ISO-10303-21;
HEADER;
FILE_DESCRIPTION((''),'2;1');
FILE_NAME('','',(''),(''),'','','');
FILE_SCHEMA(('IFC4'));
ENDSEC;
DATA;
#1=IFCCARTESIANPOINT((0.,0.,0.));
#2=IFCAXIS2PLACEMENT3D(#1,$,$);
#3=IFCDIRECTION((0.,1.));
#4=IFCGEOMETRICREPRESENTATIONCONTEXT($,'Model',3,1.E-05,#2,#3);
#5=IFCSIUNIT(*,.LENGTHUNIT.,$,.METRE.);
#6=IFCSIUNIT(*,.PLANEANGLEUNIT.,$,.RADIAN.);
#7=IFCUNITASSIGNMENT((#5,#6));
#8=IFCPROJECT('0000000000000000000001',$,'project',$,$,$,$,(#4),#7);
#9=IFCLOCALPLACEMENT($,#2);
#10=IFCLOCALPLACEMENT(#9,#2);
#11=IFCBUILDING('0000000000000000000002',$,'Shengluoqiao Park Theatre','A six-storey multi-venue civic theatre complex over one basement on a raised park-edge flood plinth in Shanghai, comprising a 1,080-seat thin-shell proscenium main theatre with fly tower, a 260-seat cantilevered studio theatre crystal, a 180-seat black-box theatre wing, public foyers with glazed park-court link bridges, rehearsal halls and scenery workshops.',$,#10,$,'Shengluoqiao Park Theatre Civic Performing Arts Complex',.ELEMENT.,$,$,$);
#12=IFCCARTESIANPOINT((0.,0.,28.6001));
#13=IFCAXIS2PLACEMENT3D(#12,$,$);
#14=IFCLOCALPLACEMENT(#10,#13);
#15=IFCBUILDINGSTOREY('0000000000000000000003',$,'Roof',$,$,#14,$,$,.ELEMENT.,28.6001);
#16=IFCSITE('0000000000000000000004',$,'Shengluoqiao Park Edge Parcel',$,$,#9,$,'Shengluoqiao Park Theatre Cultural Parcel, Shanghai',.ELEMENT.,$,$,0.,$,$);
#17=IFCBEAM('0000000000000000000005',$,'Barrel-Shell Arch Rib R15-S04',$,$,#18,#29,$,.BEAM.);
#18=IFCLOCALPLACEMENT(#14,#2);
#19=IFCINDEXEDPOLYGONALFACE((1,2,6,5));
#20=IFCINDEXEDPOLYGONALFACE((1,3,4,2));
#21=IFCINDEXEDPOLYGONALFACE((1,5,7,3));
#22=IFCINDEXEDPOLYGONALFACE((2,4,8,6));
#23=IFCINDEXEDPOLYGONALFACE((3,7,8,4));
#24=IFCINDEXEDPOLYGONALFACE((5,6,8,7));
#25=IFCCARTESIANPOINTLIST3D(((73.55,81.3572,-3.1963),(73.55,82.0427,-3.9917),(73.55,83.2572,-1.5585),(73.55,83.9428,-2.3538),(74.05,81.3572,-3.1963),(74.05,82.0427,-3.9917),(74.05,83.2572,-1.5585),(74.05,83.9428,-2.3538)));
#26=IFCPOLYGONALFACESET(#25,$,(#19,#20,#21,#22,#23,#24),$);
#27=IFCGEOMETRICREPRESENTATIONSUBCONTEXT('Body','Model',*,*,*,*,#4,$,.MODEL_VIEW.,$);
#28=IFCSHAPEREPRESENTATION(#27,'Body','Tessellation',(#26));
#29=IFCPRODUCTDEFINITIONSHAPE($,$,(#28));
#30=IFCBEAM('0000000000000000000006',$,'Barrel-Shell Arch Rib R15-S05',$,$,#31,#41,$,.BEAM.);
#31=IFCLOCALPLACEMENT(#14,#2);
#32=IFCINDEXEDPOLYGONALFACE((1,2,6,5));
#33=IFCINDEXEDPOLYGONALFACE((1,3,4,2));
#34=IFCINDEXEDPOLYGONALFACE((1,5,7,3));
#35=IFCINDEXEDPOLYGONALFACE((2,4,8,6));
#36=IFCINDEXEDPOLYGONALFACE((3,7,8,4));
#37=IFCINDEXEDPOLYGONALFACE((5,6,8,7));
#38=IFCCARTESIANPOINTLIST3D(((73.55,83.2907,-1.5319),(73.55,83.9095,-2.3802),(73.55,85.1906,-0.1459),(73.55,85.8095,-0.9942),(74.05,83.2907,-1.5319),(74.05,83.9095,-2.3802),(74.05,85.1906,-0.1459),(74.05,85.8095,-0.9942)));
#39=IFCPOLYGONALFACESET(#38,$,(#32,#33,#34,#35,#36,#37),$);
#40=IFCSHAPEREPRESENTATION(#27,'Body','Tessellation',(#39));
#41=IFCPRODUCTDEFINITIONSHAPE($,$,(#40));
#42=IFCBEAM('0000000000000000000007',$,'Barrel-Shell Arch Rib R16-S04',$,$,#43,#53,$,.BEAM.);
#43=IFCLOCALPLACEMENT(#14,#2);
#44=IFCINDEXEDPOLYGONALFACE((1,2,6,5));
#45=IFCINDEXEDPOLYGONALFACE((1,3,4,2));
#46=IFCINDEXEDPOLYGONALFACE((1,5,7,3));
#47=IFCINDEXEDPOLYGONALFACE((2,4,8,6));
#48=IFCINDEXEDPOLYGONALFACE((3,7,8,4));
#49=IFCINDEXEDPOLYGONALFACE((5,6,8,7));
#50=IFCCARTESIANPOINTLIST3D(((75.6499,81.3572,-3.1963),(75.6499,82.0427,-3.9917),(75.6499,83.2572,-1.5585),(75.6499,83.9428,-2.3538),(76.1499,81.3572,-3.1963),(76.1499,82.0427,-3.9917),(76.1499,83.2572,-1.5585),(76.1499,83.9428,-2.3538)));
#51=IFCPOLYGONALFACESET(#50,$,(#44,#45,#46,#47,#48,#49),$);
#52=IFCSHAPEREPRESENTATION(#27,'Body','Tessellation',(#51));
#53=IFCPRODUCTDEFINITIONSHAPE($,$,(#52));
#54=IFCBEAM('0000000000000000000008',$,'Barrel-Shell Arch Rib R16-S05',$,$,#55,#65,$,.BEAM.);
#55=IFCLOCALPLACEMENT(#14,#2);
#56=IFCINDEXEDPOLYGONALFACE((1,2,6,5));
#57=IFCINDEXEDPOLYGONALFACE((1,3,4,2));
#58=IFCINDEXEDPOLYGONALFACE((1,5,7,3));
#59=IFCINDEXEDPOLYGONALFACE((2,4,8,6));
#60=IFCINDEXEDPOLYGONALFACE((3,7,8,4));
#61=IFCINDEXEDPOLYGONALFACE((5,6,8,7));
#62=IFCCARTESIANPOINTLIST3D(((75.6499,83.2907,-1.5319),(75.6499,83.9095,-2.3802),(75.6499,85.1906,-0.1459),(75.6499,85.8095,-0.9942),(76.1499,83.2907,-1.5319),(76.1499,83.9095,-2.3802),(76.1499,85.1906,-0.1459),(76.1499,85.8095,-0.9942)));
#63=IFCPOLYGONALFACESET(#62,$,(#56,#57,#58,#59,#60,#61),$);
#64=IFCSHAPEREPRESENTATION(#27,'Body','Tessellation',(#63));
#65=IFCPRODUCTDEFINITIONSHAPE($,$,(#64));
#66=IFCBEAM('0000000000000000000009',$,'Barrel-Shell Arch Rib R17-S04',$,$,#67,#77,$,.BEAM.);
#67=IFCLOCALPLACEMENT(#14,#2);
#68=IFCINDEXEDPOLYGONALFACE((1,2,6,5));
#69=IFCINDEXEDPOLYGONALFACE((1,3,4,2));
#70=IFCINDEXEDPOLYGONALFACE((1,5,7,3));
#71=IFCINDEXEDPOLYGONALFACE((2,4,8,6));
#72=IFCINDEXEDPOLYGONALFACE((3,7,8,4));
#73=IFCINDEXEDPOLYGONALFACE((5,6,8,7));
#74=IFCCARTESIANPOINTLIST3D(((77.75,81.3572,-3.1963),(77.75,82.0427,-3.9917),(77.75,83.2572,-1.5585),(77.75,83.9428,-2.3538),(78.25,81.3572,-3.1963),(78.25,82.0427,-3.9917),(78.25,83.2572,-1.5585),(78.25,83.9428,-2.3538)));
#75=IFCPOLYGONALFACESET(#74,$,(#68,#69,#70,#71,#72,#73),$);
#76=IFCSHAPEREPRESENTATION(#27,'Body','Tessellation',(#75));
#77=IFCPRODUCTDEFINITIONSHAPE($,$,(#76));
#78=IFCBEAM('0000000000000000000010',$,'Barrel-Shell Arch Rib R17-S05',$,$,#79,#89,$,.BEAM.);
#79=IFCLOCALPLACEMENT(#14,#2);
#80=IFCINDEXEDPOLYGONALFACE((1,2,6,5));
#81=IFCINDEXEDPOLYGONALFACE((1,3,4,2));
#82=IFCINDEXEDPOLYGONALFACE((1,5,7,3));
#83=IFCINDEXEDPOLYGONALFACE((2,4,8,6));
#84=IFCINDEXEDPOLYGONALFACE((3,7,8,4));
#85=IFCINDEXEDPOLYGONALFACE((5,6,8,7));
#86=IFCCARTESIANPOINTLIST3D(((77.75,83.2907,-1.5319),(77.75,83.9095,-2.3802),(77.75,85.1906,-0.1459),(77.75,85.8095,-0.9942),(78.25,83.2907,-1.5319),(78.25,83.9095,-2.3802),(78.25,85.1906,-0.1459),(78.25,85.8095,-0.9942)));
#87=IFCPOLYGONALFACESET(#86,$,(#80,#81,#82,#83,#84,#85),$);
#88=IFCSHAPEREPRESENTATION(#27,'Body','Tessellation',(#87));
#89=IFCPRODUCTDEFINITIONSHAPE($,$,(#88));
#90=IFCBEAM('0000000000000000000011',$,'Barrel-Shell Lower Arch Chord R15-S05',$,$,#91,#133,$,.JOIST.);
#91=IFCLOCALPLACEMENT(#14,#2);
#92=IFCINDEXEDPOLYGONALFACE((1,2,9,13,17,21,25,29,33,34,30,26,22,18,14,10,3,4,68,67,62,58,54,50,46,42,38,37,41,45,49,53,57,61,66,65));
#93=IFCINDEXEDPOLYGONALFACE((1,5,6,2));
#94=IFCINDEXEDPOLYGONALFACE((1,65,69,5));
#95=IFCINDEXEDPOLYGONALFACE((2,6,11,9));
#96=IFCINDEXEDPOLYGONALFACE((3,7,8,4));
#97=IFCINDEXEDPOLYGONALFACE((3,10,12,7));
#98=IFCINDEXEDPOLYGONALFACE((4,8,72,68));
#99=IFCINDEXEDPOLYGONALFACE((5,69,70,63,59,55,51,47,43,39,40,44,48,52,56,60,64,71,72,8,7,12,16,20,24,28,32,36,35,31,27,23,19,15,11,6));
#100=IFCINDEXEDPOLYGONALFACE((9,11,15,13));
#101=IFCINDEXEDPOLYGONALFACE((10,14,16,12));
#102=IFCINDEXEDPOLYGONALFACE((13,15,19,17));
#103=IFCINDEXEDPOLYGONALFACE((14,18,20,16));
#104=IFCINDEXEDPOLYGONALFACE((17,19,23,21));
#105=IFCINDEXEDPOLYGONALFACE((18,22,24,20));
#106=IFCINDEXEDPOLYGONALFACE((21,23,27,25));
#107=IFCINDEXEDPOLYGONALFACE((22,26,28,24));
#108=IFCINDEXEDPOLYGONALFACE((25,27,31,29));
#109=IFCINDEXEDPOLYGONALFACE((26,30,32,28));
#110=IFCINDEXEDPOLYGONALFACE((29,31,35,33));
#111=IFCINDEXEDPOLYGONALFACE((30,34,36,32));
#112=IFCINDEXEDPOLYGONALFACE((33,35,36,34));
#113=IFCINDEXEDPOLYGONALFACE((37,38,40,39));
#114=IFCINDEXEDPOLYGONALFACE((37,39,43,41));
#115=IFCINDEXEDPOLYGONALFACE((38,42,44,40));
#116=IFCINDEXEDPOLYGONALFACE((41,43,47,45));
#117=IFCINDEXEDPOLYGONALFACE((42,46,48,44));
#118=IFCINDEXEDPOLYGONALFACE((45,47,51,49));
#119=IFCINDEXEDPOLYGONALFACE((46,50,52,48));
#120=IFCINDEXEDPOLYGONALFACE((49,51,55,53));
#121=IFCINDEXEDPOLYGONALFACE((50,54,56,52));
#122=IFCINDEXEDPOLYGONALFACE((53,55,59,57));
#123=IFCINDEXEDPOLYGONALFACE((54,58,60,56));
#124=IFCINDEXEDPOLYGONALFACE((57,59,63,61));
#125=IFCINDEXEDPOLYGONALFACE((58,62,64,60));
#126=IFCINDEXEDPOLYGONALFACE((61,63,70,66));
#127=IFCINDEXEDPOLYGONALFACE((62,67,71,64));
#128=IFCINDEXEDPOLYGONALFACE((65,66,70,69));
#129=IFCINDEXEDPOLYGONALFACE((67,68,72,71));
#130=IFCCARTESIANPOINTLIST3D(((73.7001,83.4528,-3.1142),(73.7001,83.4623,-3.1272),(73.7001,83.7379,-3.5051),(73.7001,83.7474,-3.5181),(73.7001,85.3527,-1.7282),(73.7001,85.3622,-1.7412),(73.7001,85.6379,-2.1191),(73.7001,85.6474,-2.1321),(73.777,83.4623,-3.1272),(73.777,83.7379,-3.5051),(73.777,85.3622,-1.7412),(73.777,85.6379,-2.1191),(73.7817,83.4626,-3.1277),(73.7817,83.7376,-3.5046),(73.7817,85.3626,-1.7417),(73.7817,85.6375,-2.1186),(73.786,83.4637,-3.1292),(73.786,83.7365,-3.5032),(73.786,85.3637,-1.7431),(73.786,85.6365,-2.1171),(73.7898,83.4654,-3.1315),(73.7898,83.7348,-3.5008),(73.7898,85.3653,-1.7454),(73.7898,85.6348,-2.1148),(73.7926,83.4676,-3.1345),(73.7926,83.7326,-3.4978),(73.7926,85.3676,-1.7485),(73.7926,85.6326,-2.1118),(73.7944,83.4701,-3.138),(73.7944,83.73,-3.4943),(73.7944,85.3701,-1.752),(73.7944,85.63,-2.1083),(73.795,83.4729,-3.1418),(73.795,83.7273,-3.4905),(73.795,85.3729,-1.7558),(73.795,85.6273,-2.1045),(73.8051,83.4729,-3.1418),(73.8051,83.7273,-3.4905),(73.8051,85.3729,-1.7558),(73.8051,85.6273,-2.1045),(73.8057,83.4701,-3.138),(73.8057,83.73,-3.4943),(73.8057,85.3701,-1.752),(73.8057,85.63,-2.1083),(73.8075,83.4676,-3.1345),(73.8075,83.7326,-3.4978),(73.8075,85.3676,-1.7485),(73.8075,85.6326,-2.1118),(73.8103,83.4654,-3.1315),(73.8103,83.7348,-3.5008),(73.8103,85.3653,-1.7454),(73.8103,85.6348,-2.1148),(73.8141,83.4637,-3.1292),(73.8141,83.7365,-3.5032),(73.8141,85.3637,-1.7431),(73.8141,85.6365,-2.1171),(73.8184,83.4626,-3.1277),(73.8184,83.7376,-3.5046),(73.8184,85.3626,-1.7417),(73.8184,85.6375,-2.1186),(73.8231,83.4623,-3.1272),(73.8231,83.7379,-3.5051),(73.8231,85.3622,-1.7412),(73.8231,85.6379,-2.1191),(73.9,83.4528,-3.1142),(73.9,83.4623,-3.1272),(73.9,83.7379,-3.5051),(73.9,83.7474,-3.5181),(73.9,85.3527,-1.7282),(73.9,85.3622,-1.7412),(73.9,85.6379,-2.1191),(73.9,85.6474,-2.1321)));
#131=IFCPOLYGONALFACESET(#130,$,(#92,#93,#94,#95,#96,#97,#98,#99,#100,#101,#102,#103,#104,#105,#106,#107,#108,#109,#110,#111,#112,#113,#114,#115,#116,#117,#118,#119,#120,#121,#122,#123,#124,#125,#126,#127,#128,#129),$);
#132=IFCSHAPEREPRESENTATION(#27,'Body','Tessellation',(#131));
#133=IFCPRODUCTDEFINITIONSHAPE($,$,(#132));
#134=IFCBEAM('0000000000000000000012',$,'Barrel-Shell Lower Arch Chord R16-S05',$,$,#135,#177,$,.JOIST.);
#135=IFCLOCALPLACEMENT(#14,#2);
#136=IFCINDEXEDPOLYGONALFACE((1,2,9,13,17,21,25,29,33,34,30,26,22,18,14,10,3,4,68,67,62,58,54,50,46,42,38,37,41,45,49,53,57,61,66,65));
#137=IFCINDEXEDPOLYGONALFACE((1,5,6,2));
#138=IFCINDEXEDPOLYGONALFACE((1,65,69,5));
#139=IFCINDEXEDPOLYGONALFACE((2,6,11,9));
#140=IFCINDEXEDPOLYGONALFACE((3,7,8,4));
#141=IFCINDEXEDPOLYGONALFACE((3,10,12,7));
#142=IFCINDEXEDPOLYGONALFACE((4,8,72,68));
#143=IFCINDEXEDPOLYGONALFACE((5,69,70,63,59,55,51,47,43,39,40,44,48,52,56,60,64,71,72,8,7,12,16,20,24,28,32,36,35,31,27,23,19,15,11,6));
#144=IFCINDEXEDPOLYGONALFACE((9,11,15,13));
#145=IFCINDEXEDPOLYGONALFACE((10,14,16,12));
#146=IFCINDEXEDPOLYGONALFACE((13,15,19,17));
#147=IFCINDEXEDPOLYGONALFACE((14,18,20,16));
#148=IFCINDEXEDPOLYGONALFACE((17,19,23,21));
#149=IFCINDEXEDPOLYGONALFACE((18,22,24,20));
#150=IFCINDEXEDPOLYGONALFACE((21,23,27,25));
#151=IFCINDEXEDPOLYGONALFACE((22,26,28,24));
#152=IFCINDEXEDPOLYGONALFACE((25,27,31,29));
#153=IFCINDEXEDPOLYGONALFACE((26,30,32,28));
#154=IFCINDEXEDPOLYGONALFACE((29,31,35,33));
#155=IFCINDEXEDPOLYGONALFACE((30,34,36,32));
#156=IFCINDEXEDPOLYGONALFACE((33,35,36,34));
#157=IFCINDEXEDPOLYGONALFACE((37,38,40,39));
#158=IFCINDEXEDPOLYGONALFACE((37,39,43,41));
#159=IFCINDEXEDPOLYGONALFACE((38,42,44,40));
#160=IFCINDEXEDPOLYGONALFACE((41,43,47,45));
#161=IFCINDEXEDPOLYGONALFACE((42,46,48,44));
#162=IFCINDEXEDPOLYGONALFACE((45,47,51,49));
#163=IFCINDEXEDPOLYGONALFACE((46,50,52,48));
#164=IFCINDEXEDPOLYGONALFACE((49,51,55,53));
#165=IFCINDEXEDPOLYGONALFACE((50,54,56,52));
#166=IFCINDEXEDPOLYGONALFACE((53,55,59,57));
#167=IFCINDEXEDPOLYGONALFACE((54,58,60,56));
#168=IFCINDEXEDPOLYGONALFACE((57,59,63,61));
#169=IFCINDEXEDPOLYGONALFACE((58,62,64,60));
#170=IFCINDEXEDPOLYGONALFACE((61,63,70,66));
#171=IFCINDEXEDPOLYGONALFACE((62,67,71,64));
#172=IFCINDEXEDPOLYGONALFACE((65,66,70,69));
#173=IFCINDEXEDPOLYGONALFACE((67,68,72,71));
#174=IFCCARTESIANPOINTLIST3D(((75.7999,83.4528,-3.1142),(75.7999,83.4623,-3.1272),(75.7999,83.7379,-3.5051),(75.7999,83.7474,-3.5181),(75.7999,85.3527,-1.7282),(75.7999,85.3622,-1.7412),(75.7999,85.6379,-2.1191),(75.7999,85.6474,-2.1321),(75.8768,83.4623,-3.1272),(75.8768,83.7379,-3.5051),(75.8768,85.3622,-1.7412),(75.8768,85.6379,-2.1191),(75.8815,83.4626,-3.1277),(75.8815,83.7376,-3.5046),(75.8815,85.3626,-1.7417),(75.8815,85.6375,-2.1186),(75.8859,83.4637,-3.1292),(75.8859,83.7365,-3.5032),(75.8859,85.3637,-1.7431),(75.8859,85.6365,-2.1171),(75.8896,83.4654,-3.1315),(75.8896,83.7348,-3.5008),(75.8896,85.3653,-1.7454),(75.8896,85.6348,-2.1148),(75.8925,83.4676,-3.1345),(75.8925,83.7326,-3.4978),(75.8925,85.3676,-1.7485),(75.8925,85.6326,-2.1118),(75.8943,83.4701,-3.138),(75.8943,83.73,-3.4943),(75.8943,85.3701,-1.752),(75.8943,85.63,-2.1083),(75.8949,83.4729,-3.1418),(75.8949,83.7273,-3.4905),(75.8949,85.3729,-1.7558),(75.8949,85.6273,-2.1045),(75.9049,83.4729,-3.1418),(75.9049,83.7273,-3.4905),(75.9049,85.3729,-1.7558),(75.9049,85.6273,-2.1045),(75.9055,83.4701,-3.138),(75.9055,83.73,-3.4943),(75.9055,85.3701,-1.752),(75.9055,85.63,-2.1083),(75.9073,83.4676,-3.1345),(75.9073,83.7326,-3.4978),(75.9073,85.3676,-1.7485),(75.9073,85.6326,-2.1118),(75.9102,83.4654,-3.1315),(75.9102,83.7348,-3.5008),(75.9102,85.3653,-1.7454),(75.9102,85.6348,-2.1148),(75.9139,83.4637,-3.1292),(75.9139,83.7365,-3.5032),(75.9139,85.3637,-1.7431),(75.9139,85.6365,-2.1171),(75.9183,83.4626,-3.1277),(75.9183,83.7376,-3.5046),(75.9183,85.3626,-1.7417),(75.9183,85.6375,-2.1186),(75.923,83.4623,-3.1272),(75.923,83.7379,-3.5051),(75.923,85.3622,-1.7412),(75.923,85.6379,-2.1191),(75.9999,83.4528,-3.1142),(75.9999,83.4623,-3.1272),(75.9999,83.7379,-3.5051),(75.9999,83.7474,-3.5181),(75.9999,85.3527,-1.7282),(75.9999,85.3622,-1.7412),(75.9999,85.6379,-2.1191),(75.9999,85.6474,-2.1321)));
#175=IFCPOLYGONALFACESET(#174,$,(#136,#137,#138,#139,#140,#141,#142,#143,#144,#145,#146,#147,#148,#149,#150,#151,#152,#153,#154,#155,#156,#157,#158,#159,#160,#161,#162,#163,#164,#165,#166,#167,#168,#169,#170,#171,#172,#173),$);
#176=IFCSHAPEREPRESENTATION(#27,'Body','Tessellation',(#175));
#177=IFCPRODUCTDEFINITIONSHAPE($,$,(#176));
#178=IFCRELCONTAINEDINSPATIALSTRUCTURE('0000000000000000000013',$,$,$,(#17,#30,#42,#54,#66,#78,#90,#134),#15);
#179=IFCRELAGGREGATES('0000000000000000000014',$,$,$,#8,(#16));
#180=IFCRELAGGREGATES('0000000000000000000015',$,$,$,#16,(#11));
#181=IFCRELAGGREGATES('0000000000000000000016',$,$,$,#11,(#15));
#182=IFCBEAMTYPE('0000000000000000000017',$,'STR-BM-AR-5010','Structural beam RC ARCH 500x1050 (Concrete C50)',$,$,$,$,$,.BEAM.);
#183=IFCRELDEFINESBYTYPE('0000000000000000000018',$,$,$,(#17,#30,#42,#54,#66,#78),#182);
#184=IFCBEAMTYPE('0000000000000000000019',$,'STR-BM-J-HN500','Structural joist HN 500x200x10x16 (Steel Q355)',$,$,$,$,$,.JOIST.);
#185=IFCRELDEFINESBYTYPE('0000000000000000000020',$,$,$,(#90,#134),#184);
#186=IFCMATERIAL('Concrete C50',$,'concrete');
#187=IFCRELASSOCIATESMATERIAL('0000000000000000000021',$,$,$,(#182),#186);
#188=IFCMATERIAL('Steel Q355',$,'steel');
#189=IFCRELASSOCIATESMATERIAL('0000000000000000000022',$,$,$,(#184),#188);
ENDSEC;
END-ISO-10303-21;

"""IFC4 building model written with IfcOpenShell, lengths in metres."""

from ifc_helpers import new_model, si_unit, direction, frame, origin, origin_2d, place, context, subcontext, project, spatial, rectangle, i_section, extrude, material, material_profile, profile_set, type_object, element, save


model = new_model("IFC4")

# Units and contexts
model_context = context("Model", 3, precision=1e-05, world=origin(), true_north=direction((0.0, 1.0)))
body_context = subcontext(model_context, "Body", "Model", "MODEL_VIEW")
ifc_project = project(units=[si_unit("LENGTHUNIT", "METRE"), si_unit("PLANEANGLEUNIT", "RADIAN")], contexts=[model_context])

# Site, building, storey
site_placement = place(None, origin())
site = spatial("IfcSite", under=ifc_project, at=site_placement, Name="Shengluoqiao Park Edge Parcel", LongName="Shengluoqiao Park Theatre Cultural Parcel, Shanghai", CompositionType="ELEMENT", RefElevation=0.0)
building_placement = place(site_placement, origin())
building = spatial("IfcBuilding", under=site, at=building_placement, Name="Shengluoqiao Park Theatre", Description="A six-storey multi-venue civic theatre complex over one basement on a raised park-edge flood plinth in Shanghai, comprising a 1,080-seat thin-shell proscenium main theatre with fly tower, a 260-seat cantilevered studio theatre crystal, a 180-seat black-box theatre wing, public foyers with glazed park-court link bridges, rehearsal halls and scenery workshops.", LongName="Shengluoqiao Park Theatre Civic Performing Arts Complex", CompositionType="ELEMENT")
storey_placement = place(building_placement, frame((0.0, 0.0, 28.6001)))
storey = spatial("IfcBuildingStorey", under=building, at=storey_placement, Name="Roof", CompositionType="ELEMENT", Elevation=28.6001)

# Beams
ifc_material_1 = material(Name="Concrete C50", Category="concrete")
ifc_material_profile_1 = material_profile(ifc_material_1, rectangle(XDim=0.5, YDim=1.05, at=origin_2d()), Name="RC ARCH 500x1050")
ifc_profile_set_1 = profile_set([ifc_material_profile_1], Name="Concrete C50")
beam_type_1 = type_object("IfcBeamType", Name="STR-BM-AR-5010", Description="Structural beam RC ARCH 500x1050 (Concrete C50)", PredefinedType="BEAM", material=ifc_profile_set_1)
beam_1_placement = place(storey_placement, frame((73.8, 81.7, -3.594), z_axis=(0.0, 0.757433, 0.652913), x_axis=(-1.0, 0.0, 0.0)))
element("IfcBeam", 1, at=beam_1_placement, inside=storey, type_object=beam_type_1, Name="Barrel-Shell Arch Rib R15-S04", PredefinedType="BEAM", context=body_context, shape_type="SweptSolid", body=[
    extrude(rectangle(XDim=0.5, YDim=1.05, at=origin_2d()), origin(), (0.0, 0.0, 1.0), 2.5085),
])
beam_2_placement = place(storey_placement, frame((73.8, 83.6001, -1.9561), z_axis=(0.0, 0.807878, 0.58935), x_axis=(-1.0, 0.0, 0.0)))
element("IfcBeam", 2, at=beam_2_placement, inside=storey, type_object=beam_type_1, Name="Barrel-Shell Arch Rib R15-S05", PredefinedType="BEAM", context=body_context, shape_type="SweptSolid", body=[
    extrude(rectangle(XDim=0.5, YDim=1.05, at=origin_2d()), origin(), (0.0, 0.0, 1.0), 2.3518),
])
beam_3_placement = place(storey_placement, frame((75.8999, 81.7, -3.594), z_axis=(0.0, 0.757433, 0.652913), x_axis=(-1.0, 0.0, 0.0)))
element("IfcBeam", 3, at=beam_3_placement, inside=storey, type_object=beam_type_1, Name="Barrel-Shell Arch Rib R16-S04", PredefinedType="BEAM", context=body_context, shape_type="SweptSolid", body=[
    extrude(rectangle(XDim=0.5, YDim=1.05, at=origin_2d()), origin(), (0.0, 0.0, 1.0), 2.5085),
])
beam_4_placement = place(storey_placement, frame((75.8999, 83.6001, -1.9561), z_axis=(0.0, 0.807878, 0.58935), x_axis=(-1.0, 0.0, 0.0)))
element("IfcBeam", 4, at=beam_4_placement, inside=storey, type_object=beam_type_1, Name="Barrel-Shell Arch Rib R16-S05", PredefinedType="BEAM", context=body_context, shape_type="SweptSolid", body=[
    extrude(rectangle(XDim=0.5, YDim=1.05, at=origin_2d()), origin(), (0.0, 0.0, 1.0), 2.3518),
])
beam_5_placement = place(storey_placement, frame((78.0, 81.7, -3.594), z_axis=(0.0, 0.757433, 0.652913), x_axis=(-1.0, 0.0, 0.0)))
element("IfcBeam", 5, at=beam_5_placement, inside=storey, type_object=beam_type_1, Name="Barrel-Shell Arch Rib R17-S04", PredefinedType="BEAM", context=body_context, shape_type="SweptSolid", body=[
    extrude(rectangle(XDim=0.5, YDim=1.05, at=origin_2d()), origin(), (0.0, 0.0, 1.0), 2.5085),
])
beam_6_placement = place(storey_placement, frame((78.0, 83.6001, -1.9561), z_axis=(0.0, 0.807878, 0.58935), x_axis=(-1.0, 0.0, 0.0)))
element("IfcBeam", 6, at=beam_6_placement, inside=storey, type_object=beam_type_1, Name="Barrel-Shell Arch Rib R17-S05", PredefinedType="BEAM", context=body_context, shape_type="SweptSolid", body=[
    extrude(rectangle(XDim=0.5, YDim=1.05, at=origin_2d()), origin(), (0.0, 0.0, 1.0), 2.3518),
])
ifc_material_2 = material(Name="Steel Q355", Category="steel")
ifc_material_profile_2 = material_profile(ifc_material_2, i_section(OverallWidth=0.2, OverallDepth=0.5, WebThickness=0.01, FlangeThickness=0.0161, FilletRadius=0.0181, at=origin_2d()), Name="HN 500x200x10x16")
ifc_profile_set_2 = profile_set([ifc_material_profile_2], Name="Steel Q355")
beam_type_2 = type_object("IfcBeamType", Name="STR-BM-J-HN500", Description="Structural joist HN 500x200x10x16 (Steel Q355)", PredefinedType="JOIST", material=ifc_profile_set_2)
for number, where, z_axis, x_axis, name in (
    (7, (73.8, 83.6001, -3.3162), (0.0, 0.807878, 0.58935), (-1.0, 0.0, 0.0), "Barrel-Shell Lower Arch Chord R15-S05"),
    (8, (75.8999, 83.6001, -3.3162), (0.0, 0.807878, 0.58935), (-1.0, 0.0, 0.0), "Barrel-Shell Lower Arch Chord R16-S05"),
):
    element("IfcBeam", number, at=place(storey_placement, frame(where, z_axis=z_axis, x_axis=x_axis)), inside=storey, type_object=beam_type_2, Name=name, PredefinedType="JOIST", context=body_context, shape_type="SweptSolid", body=[
        extrude(i_section(OverallWidth=0.2, OverallDepth=0.5, WebThickness=0.01, FlangeThickness=0.0161, FilletRadius=0.0181, at=origin_2d()), origin(), (0.0, 0.0, 1.0), 2.3518),
    ])

save(model, "model.ifc")
